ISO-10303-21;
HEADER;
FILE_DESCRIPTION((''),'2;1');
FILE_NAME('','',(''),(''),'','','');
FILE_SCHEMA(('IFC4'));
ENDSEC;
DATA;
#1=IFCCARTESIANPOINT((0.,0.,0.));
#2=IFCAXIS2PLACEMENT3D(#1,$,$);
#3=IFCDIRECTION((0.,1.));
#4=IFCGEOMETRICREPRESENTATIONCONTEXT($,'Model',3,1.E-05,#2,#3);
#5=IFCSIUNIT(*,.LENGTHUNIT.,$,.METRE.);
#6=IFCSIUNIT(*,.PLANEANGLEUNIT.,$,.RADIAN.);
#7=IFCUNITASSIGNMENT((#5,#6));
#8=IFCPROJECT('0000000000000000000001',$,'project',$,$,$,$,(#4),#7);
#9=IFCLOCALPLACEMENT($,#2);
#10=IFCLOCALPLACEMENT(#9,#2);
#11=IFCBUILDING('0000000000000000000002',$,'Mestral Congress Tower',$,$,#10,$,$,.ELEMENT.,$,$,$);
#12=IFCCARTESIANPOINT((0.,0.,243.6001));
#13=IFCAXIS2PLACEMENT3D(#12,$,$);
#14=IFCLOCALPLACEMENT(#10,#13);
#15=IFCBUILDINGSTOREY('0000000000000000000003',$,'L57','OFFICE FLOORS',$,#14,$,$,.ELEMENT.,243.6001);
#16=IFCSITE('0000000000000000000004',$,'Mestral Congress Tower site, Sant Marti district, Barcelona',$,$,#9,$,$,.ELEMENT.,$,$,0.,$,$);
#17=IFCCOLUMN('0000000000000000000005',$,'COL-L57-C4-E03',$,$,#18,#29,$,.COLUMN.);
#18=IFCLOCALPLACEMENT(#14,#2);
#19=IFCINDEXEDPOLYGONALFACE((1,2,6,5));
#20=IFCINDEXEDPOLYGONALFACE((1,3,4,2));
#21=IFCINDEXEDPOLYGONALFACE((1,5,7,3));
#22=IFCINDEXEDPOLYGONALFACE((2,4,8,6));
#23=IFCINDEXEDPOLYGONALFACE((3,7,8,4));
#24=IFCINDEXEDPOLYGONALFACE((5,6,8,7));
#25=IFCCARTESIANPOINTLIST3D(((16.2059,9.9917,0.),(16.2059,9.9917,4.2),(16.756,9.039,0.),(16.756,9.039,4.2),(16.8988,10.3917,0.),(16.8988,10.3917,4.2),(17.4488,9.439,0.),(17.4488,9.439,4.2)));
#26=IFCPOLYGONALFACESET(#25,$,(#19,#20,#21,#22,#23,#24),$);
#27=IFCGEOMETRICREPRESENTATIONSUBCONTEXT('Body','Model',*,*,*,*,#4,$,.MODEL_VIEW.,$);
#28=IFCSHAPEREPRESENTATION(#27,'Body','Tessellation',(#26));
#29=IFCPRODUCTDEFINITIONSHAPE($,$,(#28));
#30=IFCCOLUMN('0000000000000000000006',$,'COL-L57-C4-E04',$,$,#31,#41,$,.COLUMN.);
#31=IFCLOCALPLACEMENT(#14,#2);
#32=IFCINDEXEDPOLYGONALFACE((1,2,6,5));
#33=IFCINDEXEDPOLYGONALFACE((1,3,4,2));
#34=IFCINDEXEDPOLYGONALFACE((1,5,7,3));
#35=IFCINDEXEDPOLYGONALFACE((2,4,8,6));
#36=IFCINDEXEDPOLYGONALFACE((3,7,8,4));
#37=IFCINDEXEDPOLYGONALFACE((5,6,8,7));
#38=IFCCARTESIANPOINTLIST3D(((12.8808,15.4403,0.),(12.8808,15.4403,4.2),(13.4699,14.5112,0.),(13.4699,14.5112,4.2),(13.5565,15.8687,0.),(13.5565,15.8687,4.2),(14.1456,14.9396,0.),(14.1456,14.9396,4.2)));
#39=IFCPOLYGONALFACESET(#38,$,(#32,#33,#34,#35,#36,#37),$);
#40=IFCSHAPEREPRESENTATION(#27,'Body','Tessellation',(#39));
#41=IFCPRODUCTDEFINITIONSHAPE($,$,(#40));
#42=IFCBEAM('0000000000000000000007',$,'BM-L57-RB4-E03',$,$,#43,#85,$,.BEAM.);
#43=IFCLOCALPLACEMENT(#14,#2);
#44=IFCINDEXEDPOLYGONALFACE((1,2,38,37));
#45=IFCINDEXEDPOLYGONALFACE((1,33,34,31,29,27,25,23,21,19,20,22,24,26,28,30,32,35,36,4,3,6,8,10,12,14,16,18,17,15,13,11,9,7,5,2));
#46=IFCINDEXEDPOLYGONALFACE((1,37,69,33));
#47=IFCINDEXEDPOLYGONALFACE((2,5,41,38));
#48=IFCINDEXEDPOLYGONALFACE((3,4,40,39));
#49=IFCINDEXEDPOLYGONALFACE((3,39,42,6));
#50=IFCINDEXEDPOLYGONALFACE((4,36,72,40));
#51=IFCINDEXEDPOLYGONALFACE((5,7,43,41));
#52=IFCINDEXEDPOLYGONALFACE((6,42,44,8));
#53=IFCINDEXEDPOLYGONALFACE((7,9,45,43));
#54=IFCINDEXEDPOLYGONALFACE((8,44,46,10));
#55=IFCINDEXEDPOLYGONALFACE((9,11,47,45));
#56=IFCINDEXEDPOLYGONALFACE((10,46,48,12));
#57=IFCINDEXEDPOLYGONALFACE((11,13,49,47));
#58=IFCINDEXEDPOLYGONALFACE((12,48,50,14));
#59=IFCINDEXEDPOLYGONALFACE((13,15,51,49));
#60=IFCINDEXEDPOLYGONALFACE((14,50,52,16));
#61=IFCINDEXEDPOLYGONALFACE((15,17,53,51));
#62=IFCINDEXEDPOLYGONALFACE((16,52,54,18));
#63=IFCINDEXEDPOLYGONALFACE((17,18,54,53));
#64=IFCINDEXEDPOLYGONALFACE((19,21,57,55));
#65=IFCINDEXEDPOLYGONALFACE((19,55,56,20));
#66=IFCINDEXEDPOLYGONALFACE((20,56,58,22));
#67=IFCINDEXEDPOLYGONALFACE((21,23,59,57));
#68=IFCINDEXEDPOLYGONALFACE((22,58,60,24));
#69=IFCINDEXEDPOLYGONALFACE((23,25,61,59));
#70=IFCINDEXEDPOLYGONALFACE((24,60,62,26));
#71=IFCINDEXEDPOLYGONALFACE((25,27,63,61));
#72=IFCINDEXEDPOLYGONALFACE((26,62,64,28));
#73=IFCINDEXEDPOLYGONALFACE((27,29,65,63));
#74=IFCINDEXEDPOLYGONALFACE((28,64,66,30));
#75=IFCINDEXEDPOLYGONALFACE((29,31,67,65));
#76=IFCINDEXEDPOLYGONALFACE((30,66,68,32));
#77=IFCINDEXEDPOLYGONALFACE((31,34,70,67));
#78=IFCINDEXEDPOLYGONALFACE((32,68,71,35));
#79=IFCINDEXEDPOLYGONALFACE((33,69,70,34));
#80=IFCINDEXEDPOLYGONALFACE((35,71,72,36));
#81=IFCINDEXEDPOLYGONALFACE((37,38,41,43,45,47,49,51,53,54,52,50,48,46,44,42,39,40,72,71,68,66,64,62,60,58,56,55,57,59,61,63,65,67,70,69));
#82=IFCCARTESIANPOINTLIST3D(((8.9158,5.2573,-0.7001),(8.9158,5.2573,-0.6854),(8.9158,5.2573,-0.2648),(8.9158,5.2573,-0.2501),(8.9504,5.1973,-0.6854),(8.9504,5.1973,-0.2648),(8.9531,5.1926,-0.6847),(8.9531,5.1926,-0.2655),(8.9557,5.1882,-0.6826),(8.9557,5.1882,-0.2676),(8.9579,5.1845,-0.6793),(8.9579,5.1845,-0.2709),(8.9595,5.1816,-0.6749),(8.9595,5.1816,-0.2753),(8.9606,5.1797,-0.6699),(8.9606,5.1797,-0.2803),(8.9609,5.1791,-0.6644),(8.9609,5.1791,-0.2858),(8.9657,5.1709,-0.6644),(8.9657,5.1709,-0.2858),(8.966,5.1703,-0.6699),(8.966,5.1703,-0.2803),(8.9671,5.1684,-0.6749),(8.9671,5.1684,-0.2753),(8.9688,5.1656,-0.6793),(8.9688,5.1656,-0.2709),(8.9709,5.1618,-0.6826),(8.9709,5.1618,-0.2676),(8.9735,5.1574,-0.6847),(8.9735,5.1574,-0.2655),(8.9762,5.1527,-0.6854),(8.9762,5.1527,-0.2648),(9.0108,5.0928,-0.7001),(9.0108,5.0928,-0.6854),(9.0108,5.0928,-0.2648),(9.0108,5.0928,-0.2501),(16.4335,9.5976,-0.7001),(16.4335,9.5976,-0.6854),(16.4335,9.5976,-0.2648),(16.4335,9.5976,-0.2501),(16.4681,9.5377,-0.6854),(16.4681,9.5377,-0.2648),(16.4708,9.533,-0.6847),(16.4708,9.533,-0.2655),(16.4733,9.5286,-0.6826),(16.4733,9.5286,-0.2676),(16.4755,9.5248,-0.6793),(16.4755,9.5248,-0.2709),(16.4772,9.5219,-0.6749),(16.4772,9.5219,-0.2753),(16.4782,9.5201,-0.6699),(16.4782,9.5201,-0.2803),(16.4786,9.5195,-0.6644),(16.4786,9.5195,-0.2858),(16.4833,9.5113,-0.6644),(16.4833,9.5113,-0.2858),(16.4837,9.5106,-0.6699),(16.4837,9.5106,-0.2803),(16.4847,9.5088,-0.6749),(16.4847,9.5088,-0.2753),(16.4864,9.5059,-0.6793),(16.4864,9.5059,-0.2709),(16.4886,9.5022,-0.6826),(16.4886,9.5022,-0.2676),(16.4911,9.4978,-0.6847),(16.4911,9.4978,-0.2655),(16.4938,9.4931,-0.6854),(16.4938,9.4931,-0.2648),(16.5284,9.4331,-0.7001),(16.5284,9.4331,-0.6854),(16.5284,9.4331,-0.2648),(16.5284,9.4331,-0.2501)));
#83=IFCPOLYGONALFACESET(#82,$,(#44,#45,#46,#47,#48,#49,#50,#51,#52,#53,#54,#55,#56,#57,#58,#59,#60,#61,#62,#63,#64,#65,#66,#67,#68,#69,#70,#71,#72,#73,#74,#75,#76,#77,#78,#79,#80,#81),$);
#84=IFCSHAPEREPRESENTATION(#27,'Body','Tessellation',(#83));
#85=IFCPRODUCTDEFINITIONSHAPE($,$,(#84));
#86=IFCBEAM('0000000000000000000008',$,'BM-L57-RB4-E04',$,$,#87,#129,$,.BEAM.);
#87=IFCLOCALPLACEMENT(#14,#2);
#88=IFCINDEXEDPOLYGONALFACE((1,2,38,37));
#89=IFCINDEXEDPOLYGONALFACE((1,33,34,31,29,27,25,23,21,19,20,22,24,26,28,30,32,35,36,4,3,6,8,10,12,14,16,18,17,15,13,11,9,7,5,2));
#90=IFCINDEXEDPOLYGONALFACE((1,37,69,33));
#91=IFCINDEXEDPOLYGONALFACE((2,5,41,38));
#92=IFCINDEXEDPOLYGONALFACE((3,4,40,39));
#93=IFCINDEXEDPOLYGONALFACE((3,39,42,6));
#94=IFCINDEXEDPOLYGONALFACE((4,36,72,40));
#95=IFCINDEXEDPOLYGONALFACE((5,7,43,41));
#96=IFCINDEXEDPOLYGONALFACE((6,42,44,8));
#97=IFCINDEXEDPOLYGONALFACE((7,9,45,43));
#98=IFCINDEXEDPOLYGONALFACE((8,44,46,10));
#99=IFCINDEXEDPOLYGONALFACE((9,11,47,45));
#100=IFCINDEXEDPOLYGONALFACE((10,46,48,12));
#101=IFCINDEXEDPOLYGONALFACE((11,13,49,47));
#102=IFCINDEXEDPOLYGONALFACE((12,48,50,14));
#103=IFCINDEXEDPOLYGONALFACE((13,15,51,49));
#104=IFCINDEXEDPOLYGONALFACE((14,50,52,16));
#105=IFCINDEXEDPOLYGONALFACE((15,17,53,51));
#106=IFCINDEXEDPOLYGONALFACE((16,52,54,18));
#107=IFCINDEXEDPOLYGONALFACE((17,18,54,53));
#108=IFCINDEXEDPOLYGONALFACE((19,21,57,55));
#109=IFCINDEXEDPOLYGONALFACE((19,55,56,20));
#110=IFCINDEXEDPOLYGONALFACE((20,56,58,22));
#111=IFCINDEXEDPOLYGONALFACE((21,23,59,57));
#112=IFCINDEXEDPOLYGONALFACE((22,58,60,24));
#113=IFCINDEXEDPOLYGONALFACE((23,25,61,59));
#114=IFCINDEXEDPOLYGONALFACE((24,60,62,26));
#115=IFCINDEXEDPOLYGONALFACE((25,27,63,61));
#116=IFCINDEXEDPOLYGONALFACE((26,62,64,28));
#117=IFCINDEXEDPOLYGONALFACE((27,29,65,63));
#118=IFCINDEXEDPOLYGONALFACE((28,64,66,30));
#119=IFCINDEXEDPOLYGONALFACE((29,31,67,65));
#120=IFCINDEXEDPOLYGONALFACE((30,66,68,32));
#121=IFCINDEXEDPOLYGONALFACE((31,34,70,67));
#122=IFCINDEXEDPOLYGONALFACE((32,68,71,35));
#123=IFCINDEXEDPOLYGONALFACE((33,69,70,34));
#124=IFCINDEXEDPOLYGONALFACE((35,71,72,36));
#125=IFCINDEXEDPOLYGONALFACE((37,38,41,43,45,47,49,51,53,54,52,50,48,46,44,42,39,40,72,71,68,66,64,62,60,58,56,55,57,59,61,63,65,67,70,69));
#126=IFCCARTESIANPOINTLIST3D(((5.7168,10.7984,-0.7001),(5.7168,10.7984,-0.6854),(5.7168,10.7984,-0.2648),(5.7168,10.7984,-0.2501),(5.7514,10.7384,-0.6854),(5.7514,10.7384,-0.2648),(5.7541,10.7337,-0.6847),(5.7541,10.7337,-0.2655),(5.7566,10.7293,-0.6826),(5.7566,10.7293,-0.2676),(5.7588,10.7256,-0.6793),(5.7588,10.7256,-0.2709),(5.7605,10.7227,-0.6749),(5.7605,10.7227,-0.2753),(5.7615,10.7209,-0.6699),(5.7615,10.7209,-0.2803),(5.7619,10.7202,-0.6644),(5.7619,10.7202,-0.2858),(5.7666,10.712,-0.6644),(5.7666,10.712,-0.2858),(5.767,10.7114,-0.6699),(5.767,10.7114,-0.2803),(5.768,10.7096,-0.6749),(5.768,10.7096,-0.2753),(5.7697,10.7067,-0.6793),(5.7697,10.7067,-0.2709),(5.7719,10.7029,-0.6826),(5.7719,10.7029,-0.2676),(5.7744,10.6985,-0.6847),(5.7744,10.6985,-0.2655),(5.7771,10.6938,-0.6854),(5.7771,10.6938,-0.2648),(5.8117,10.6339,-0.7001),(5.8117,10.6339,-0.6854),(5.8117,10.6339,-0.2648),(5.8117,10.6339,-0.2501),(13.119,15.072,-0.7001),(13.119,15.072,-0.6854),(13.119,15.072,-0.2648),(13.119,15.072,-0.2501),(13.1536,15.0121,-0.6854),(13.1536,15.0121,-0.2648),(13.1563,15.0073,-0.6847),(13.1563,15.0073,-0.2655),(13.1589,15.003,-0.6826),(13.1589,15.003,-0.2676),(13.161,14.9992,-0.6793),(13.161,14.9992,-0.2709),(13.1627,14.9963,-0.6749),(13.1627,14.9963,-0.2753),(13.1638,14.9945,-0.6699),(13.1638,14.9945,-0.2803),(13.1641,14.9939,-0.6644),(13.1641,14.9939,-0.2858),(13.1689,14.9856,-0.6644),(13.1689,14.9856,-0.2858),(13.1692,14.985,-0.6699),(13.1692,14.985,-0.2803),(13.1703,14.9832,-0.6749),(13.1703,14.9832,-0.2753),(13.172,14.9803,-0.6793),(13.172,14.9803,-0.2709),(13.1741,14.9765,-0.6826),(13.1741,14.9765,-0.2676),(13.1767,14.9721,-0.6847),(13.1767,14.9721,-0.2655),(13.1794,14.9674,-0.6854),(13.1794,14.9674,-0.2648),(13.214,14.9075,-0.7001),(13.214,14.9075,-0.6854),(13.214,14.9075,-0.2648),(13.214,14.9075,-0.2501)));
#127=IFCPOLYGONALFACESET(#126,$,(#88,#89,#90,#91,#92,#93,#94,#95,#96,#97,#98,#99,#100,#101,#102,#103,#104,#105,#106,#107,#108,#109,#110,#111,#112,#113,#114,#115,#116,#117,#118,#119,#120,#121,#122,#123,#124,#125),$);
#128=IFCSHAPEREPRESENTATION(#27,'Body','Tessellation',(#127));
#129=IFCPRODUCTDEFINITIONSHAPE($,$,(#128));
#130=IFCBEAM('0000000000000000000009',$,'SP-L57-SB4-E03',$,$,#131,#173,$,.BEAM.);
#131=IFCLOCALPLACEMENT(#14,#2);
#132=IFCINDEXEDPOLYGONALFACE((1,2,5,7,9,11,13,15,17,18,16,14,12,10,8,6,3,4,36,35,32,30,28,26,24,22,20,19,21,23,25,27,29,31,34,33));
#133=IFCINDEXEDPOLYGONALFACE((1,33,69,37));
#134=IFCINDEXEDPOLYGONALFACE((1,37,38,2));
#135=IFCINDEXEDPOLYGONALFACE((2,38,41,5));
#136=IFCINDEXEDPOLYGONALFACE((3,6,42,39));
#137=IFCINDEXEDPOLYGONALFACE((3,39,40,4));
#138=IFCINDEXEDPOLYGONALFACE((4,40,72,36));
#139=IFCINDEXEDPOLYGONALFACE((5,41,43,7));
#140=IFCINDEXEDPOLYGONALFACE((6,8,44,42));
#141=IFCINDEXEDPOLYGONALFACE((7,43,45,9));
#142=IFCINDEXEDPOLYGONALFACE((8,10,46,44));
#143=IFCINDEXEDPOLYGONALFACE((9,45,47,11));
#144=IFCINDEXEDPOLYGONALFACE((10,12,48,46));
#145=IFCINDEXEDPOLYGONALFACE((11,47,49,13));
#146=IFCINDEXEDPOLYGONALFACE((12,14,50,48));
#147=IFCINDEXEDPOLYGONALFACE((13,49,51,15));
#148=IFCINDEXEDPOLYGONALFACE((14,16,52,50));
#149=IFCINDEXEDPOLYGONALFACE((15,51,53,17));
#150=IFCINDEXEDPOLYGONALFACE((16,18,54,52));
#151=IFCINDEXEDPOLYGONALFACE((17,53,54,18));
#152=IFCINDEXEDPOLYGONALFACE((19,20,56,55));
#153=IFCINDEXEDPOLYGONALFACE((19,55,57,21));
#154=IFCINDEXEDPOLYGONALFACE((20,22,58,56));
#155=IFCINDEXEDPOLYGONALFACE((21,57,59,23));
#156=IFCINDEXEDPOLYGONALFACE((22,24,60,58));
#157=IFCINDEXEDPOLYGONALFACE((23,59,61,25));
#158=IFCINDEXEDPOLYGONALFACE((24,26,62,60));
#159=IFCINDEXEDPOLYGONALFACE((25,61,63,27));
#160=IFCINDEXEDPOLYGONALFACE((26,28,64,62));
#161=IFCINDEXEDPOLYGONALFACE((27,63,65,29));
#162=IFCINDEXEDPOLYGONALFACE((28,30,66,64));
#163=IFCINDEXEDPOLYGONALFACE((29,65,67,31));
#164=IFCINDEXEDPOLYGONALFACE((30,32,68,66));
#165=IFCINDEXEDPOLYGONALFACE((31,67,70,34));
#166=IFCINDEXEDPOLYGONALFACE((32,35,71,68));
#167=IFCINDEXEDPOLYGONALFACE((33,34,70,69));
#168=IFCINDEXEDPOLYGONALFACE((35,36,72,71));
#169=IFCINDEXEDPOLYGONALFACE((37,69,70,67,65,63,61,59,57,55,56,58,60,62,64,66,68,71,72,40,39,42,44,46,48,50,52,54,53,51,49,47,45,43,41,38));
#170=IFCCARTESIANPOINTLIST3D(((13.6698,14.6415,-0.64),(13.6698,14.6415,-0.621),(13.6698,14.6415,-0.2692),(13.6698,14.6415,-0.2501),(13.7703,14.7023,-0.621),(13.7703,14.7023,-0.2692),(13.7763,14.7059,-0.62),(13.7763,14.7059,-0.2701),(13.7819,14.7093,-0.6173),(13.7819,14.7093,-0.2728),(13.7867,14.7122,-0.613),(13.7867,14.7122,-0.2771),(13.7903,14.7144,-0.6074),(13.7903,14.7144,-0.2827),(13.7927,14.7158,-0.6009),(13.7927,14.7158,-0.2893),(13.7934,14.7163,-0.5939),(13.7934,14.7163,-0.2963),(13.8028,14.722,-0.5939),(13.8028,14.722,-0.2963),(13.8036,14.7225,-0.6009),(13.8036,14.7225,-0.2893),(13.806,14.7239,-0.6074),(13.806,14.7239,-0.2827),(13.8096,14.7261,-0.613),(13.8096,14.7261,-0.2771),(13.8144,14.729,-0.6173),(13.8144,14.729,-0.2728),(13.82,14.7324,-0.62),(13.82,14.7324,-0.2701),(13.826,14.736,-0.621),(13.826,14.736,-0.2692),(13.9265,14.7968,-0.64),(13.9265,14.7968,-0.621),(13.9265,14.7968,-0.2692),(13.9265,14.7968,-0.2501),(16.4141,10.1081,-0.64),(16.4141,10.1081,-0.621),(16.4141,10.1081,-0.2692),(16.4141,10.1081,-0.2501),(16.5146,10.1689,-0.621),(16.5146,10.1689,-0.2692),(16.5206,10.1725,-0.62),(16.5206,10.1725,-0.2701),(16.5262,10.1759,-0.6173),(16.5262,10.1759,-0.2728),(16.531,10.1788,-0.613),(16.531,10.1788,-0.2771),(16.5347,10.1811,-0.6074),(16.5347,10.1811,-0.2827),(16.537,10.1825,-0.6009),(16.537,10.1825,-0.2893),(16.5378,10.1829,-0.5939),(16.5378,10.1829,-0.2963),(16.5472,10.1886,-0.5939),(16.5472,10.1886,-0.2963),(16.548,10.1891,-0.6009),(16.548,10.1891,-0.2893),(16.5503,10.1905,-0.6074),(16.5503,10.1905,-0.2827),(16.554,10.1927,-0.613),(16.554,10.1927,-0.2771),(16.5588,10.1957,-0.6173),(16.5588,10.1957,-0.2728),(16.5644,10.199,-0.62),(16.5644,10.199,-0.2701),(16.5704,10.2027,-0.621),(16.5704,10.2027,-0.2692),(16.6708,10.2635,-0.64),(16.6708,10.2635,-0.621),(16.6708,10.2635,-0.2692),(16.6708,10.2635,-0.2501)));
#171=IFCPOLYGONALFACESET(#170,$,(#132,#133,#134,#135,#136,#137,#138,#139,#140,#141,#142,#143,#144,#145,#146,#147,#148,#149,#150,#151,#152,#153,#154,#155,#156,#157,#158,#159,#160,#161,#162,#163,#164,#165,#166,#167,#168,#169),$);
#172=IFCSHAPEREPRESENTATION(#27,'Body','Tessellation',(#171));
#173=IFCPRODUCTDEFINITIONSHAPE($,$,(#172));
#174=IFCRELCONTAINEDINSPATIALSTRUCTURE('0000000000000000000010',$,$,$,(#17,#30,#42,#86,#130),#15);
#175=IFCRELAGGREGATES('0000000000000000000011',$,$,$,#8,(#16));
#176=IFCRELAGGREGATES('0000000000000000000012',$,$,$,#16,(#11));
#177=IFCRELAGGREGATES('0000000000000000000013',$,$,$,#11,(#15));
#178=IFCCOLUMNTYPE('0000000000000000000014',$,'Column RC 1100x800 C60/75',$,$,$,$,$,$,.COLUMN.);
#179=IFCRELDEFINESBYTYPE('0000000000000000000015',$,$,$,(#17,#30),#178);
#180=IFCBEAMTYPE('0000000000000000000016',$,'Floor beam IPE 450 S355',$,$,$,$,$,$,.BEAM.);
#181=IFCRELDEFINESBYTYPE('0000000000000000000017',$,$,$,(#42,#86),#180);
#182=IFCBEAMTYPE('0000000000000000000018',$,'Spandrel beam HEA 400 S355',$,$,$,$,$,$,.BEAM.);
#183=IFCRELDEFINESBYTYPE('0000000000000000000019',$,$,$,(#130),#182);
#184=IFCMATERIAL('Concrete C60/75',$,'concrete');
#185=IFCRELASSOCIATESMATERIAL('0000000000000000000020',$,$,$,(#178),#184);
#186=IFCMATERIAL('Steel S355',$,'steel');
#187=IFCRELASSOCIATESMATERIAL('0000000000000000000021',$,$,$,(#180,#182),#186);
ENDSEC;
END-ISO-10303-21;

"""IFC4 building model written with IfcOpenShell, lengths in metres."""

from ifc_helpers import new_model, si_unit, direction, frame, origin, origin_2d, place, context, subcontext, project, spatial, rectangle, i_section, extrude, material, material_profile, profile_set, type_object, element, save


model = new_model("IFC4")

# Units and contexts
model_context = context("Model", 3, precision=1e-05, world=origin(), true_north=direction((0.0, 1.0)))
body_context = subcontext(model_context, "Body", "Model", "MODEL_VIEW")
ifc_project = project(units=[si_unit("LENGTHUNIT", "METRE"), si_unit("PLANEANGLEUNIT", "RADIAN")], contexts=[model_context])

# Site, building, storey
site_placement = place(None, origin())
site = spatial("IfcSite", under=ifc_project, at=site_placement, Name="Mestral Congress Tower site, Sant Marti district, Barcelona", CompositionType="ELEMENT", RefElevation=0.0)
building_placement = place(site_placement, origin())
building = spatial("IfcBuilding", under=site, at=building_placement, Name="Mestral Congress Tower", CompositionType="ELEMENT")
storey_placement = place(building_placement, frame((0.0, 0.0, 243.6001)))
storey = spatial("IfcBuildingStorey", under=building, at=storey_placement, Name="L57", Description="OFFICE FLOORS", CompositionType="ELEMENT", Elevation=243.6001)

# Columns
ifc_material_1 = material(Name="Concrete C60/75", Category="concrete")
ifc_material_profile_1 = material_profile(ifc_material_1, rectangle(XDim=1.1001, YDim=0.8, at=origin_2d()), Name="RC 1100x800")
ifc_profile_set_1 = profile_set([ifc_material_profile_1], Name="Concrete C60/75")
column_type = type_object("IfcColumnType", Name="Column RC 1100x800 C60/75", PredefinedType="COLUMN", material=ifc_profile_set_1)
for number, where, z_axis, x_axis, name in (
    (1, (16.8274, 9.7153, 0.0), (0.0, 0.0, 1.0), (-0.5, 0.866025, 0.0), "COL-L57-C4-E03"),
    (2, (13.5132, 15.1899, 0.0), (0.0, 0.0, 1.0), (-0.535503, 0.844534, 0.0), "COL-L57-C4-E04"),
):
    element("IfcColumn", number, at=place(storey_placement, frame(where, z_axis=z_axis, x_axis=x_axis)), inside=storey, type_object=column_type, Name=name, PredefinedType="COLUMN", context=body_context, shape_type="SweptSolid", body=[
        extrude(rectangle(XDim=1.1001, YDim=0.8, at=origin_2d()), origin(), (0.0, 0.0, 1.0), 4.2),
    ])

# Beams
ifc_material_2 = material(Name="Steel S355", Category="steel")
ifc_material_profile_2 = material_profile(ifc_material_2, i_section(OverallWidth=0.1899, OverallDepth=0.45, WebThickness=0.0095, FlangeThickness=0.0146, FilletRadius=0.021, at=origin_2d()), Name="IPE 450")
ifc_profile_set_2 = profile_set([ifc_material_profile_2], Name="Steel S355")
beam_type_1 = type_object("IfcBeamType", Name="Floor beam IPE 450 S355", PredefinedType="BEAM", material=ifc_profile_set_2)
beam_1_placement = place(storey_placement, frame((16.481, 9.5154, -0.4751), z_axis=(-0.866023, -0.500005, 0.0), x_axis=(0.500005, -0.866023, 0.0)))
element("IfcBeam", 3, at=beam_1_placement, inside=storey, type_object=beam_type_1, Name="BM-L57-RB4-E03", PredefinedType="BEAM", context=body_context, shape_type="SweptSolid", body=[
    extrude(i_section(OverallWidth=0.1899, OverallDepth=0.45, WebThickness=0.0095, FlangeThickness=0.0146, FilletRadius=0.021, at=origin_2d()), origin(), (0.0, 0.0, 1.0), 8.6807),
])
beam_2_placement = place(storey_placement, frame((13.1665, 14.9897, -0.4751), z_axis=(-0.866029, -0.499994, 0.0), x_axis=(0.499994, -0.866029, 0.0)))
element("IfcBeam", 4, at=beam_2_placement, inside=storey, type_object=beam_type_1, Name="BM-L57-RB4-E04", PredefinedType="BEAM", context=body_context, shape_type="SweptSolid", body=[
    extrude(i_section(OverallWidth=0.1899, OverallDepth=0.45, WebThickness=0.0095, FlangeThickness=0.0146, FilletRadius=0.021, at=origin_2d()), origin(), (0.0, 0.0, 1.0), 8.5474),
])
ifc_material_profile_3 = material_profile(ifc_material_2, i_section(OverallWidth=0.3, OverallDepth=0.3899, WebThickness=0.011, FlangeThickness=0.019, FilletRadius=0.0271, at=origin_2d()), Name="HEA 400")
ifc_profile_set_3 = profile_set([ifc_material_profile_3], Name="Steel S355")
beam_type_2 = type_object("IfcBeamType", Name="Spandrel beam HEA 400 S355", PredefinedType="BEAM", material=ifc_profile_set_3)
for number, where, z_axis, x_axis, name in (
    (5, (16.5425, 10.1858, -0.4451), (-0.517866, 0.855462, 0.0), (-0.855462, -0.517866, 0.0), "SP-L57-SB4-E03"),
):
    element("IfcBeam", number, at=place(storey_placement, frame(where, z_axis=z_axis, x_axis=x_axis)), inside=storey, type_object=beam_type_2, Name=name, PredefinedType="BEAM", context=body_context, shape_type="SweptSolid", body=[
        extrude(i_section(OverallWidth=0.3, OverallDepth=0.3899, WebThickness=0.011, FlangeThickness=0.019, FilletRadius=0.0271, at=origin_2d()), origin(), (0.0, 0.0, 1.0), 5.2993),
    ])

save(model, "model.ifc")
